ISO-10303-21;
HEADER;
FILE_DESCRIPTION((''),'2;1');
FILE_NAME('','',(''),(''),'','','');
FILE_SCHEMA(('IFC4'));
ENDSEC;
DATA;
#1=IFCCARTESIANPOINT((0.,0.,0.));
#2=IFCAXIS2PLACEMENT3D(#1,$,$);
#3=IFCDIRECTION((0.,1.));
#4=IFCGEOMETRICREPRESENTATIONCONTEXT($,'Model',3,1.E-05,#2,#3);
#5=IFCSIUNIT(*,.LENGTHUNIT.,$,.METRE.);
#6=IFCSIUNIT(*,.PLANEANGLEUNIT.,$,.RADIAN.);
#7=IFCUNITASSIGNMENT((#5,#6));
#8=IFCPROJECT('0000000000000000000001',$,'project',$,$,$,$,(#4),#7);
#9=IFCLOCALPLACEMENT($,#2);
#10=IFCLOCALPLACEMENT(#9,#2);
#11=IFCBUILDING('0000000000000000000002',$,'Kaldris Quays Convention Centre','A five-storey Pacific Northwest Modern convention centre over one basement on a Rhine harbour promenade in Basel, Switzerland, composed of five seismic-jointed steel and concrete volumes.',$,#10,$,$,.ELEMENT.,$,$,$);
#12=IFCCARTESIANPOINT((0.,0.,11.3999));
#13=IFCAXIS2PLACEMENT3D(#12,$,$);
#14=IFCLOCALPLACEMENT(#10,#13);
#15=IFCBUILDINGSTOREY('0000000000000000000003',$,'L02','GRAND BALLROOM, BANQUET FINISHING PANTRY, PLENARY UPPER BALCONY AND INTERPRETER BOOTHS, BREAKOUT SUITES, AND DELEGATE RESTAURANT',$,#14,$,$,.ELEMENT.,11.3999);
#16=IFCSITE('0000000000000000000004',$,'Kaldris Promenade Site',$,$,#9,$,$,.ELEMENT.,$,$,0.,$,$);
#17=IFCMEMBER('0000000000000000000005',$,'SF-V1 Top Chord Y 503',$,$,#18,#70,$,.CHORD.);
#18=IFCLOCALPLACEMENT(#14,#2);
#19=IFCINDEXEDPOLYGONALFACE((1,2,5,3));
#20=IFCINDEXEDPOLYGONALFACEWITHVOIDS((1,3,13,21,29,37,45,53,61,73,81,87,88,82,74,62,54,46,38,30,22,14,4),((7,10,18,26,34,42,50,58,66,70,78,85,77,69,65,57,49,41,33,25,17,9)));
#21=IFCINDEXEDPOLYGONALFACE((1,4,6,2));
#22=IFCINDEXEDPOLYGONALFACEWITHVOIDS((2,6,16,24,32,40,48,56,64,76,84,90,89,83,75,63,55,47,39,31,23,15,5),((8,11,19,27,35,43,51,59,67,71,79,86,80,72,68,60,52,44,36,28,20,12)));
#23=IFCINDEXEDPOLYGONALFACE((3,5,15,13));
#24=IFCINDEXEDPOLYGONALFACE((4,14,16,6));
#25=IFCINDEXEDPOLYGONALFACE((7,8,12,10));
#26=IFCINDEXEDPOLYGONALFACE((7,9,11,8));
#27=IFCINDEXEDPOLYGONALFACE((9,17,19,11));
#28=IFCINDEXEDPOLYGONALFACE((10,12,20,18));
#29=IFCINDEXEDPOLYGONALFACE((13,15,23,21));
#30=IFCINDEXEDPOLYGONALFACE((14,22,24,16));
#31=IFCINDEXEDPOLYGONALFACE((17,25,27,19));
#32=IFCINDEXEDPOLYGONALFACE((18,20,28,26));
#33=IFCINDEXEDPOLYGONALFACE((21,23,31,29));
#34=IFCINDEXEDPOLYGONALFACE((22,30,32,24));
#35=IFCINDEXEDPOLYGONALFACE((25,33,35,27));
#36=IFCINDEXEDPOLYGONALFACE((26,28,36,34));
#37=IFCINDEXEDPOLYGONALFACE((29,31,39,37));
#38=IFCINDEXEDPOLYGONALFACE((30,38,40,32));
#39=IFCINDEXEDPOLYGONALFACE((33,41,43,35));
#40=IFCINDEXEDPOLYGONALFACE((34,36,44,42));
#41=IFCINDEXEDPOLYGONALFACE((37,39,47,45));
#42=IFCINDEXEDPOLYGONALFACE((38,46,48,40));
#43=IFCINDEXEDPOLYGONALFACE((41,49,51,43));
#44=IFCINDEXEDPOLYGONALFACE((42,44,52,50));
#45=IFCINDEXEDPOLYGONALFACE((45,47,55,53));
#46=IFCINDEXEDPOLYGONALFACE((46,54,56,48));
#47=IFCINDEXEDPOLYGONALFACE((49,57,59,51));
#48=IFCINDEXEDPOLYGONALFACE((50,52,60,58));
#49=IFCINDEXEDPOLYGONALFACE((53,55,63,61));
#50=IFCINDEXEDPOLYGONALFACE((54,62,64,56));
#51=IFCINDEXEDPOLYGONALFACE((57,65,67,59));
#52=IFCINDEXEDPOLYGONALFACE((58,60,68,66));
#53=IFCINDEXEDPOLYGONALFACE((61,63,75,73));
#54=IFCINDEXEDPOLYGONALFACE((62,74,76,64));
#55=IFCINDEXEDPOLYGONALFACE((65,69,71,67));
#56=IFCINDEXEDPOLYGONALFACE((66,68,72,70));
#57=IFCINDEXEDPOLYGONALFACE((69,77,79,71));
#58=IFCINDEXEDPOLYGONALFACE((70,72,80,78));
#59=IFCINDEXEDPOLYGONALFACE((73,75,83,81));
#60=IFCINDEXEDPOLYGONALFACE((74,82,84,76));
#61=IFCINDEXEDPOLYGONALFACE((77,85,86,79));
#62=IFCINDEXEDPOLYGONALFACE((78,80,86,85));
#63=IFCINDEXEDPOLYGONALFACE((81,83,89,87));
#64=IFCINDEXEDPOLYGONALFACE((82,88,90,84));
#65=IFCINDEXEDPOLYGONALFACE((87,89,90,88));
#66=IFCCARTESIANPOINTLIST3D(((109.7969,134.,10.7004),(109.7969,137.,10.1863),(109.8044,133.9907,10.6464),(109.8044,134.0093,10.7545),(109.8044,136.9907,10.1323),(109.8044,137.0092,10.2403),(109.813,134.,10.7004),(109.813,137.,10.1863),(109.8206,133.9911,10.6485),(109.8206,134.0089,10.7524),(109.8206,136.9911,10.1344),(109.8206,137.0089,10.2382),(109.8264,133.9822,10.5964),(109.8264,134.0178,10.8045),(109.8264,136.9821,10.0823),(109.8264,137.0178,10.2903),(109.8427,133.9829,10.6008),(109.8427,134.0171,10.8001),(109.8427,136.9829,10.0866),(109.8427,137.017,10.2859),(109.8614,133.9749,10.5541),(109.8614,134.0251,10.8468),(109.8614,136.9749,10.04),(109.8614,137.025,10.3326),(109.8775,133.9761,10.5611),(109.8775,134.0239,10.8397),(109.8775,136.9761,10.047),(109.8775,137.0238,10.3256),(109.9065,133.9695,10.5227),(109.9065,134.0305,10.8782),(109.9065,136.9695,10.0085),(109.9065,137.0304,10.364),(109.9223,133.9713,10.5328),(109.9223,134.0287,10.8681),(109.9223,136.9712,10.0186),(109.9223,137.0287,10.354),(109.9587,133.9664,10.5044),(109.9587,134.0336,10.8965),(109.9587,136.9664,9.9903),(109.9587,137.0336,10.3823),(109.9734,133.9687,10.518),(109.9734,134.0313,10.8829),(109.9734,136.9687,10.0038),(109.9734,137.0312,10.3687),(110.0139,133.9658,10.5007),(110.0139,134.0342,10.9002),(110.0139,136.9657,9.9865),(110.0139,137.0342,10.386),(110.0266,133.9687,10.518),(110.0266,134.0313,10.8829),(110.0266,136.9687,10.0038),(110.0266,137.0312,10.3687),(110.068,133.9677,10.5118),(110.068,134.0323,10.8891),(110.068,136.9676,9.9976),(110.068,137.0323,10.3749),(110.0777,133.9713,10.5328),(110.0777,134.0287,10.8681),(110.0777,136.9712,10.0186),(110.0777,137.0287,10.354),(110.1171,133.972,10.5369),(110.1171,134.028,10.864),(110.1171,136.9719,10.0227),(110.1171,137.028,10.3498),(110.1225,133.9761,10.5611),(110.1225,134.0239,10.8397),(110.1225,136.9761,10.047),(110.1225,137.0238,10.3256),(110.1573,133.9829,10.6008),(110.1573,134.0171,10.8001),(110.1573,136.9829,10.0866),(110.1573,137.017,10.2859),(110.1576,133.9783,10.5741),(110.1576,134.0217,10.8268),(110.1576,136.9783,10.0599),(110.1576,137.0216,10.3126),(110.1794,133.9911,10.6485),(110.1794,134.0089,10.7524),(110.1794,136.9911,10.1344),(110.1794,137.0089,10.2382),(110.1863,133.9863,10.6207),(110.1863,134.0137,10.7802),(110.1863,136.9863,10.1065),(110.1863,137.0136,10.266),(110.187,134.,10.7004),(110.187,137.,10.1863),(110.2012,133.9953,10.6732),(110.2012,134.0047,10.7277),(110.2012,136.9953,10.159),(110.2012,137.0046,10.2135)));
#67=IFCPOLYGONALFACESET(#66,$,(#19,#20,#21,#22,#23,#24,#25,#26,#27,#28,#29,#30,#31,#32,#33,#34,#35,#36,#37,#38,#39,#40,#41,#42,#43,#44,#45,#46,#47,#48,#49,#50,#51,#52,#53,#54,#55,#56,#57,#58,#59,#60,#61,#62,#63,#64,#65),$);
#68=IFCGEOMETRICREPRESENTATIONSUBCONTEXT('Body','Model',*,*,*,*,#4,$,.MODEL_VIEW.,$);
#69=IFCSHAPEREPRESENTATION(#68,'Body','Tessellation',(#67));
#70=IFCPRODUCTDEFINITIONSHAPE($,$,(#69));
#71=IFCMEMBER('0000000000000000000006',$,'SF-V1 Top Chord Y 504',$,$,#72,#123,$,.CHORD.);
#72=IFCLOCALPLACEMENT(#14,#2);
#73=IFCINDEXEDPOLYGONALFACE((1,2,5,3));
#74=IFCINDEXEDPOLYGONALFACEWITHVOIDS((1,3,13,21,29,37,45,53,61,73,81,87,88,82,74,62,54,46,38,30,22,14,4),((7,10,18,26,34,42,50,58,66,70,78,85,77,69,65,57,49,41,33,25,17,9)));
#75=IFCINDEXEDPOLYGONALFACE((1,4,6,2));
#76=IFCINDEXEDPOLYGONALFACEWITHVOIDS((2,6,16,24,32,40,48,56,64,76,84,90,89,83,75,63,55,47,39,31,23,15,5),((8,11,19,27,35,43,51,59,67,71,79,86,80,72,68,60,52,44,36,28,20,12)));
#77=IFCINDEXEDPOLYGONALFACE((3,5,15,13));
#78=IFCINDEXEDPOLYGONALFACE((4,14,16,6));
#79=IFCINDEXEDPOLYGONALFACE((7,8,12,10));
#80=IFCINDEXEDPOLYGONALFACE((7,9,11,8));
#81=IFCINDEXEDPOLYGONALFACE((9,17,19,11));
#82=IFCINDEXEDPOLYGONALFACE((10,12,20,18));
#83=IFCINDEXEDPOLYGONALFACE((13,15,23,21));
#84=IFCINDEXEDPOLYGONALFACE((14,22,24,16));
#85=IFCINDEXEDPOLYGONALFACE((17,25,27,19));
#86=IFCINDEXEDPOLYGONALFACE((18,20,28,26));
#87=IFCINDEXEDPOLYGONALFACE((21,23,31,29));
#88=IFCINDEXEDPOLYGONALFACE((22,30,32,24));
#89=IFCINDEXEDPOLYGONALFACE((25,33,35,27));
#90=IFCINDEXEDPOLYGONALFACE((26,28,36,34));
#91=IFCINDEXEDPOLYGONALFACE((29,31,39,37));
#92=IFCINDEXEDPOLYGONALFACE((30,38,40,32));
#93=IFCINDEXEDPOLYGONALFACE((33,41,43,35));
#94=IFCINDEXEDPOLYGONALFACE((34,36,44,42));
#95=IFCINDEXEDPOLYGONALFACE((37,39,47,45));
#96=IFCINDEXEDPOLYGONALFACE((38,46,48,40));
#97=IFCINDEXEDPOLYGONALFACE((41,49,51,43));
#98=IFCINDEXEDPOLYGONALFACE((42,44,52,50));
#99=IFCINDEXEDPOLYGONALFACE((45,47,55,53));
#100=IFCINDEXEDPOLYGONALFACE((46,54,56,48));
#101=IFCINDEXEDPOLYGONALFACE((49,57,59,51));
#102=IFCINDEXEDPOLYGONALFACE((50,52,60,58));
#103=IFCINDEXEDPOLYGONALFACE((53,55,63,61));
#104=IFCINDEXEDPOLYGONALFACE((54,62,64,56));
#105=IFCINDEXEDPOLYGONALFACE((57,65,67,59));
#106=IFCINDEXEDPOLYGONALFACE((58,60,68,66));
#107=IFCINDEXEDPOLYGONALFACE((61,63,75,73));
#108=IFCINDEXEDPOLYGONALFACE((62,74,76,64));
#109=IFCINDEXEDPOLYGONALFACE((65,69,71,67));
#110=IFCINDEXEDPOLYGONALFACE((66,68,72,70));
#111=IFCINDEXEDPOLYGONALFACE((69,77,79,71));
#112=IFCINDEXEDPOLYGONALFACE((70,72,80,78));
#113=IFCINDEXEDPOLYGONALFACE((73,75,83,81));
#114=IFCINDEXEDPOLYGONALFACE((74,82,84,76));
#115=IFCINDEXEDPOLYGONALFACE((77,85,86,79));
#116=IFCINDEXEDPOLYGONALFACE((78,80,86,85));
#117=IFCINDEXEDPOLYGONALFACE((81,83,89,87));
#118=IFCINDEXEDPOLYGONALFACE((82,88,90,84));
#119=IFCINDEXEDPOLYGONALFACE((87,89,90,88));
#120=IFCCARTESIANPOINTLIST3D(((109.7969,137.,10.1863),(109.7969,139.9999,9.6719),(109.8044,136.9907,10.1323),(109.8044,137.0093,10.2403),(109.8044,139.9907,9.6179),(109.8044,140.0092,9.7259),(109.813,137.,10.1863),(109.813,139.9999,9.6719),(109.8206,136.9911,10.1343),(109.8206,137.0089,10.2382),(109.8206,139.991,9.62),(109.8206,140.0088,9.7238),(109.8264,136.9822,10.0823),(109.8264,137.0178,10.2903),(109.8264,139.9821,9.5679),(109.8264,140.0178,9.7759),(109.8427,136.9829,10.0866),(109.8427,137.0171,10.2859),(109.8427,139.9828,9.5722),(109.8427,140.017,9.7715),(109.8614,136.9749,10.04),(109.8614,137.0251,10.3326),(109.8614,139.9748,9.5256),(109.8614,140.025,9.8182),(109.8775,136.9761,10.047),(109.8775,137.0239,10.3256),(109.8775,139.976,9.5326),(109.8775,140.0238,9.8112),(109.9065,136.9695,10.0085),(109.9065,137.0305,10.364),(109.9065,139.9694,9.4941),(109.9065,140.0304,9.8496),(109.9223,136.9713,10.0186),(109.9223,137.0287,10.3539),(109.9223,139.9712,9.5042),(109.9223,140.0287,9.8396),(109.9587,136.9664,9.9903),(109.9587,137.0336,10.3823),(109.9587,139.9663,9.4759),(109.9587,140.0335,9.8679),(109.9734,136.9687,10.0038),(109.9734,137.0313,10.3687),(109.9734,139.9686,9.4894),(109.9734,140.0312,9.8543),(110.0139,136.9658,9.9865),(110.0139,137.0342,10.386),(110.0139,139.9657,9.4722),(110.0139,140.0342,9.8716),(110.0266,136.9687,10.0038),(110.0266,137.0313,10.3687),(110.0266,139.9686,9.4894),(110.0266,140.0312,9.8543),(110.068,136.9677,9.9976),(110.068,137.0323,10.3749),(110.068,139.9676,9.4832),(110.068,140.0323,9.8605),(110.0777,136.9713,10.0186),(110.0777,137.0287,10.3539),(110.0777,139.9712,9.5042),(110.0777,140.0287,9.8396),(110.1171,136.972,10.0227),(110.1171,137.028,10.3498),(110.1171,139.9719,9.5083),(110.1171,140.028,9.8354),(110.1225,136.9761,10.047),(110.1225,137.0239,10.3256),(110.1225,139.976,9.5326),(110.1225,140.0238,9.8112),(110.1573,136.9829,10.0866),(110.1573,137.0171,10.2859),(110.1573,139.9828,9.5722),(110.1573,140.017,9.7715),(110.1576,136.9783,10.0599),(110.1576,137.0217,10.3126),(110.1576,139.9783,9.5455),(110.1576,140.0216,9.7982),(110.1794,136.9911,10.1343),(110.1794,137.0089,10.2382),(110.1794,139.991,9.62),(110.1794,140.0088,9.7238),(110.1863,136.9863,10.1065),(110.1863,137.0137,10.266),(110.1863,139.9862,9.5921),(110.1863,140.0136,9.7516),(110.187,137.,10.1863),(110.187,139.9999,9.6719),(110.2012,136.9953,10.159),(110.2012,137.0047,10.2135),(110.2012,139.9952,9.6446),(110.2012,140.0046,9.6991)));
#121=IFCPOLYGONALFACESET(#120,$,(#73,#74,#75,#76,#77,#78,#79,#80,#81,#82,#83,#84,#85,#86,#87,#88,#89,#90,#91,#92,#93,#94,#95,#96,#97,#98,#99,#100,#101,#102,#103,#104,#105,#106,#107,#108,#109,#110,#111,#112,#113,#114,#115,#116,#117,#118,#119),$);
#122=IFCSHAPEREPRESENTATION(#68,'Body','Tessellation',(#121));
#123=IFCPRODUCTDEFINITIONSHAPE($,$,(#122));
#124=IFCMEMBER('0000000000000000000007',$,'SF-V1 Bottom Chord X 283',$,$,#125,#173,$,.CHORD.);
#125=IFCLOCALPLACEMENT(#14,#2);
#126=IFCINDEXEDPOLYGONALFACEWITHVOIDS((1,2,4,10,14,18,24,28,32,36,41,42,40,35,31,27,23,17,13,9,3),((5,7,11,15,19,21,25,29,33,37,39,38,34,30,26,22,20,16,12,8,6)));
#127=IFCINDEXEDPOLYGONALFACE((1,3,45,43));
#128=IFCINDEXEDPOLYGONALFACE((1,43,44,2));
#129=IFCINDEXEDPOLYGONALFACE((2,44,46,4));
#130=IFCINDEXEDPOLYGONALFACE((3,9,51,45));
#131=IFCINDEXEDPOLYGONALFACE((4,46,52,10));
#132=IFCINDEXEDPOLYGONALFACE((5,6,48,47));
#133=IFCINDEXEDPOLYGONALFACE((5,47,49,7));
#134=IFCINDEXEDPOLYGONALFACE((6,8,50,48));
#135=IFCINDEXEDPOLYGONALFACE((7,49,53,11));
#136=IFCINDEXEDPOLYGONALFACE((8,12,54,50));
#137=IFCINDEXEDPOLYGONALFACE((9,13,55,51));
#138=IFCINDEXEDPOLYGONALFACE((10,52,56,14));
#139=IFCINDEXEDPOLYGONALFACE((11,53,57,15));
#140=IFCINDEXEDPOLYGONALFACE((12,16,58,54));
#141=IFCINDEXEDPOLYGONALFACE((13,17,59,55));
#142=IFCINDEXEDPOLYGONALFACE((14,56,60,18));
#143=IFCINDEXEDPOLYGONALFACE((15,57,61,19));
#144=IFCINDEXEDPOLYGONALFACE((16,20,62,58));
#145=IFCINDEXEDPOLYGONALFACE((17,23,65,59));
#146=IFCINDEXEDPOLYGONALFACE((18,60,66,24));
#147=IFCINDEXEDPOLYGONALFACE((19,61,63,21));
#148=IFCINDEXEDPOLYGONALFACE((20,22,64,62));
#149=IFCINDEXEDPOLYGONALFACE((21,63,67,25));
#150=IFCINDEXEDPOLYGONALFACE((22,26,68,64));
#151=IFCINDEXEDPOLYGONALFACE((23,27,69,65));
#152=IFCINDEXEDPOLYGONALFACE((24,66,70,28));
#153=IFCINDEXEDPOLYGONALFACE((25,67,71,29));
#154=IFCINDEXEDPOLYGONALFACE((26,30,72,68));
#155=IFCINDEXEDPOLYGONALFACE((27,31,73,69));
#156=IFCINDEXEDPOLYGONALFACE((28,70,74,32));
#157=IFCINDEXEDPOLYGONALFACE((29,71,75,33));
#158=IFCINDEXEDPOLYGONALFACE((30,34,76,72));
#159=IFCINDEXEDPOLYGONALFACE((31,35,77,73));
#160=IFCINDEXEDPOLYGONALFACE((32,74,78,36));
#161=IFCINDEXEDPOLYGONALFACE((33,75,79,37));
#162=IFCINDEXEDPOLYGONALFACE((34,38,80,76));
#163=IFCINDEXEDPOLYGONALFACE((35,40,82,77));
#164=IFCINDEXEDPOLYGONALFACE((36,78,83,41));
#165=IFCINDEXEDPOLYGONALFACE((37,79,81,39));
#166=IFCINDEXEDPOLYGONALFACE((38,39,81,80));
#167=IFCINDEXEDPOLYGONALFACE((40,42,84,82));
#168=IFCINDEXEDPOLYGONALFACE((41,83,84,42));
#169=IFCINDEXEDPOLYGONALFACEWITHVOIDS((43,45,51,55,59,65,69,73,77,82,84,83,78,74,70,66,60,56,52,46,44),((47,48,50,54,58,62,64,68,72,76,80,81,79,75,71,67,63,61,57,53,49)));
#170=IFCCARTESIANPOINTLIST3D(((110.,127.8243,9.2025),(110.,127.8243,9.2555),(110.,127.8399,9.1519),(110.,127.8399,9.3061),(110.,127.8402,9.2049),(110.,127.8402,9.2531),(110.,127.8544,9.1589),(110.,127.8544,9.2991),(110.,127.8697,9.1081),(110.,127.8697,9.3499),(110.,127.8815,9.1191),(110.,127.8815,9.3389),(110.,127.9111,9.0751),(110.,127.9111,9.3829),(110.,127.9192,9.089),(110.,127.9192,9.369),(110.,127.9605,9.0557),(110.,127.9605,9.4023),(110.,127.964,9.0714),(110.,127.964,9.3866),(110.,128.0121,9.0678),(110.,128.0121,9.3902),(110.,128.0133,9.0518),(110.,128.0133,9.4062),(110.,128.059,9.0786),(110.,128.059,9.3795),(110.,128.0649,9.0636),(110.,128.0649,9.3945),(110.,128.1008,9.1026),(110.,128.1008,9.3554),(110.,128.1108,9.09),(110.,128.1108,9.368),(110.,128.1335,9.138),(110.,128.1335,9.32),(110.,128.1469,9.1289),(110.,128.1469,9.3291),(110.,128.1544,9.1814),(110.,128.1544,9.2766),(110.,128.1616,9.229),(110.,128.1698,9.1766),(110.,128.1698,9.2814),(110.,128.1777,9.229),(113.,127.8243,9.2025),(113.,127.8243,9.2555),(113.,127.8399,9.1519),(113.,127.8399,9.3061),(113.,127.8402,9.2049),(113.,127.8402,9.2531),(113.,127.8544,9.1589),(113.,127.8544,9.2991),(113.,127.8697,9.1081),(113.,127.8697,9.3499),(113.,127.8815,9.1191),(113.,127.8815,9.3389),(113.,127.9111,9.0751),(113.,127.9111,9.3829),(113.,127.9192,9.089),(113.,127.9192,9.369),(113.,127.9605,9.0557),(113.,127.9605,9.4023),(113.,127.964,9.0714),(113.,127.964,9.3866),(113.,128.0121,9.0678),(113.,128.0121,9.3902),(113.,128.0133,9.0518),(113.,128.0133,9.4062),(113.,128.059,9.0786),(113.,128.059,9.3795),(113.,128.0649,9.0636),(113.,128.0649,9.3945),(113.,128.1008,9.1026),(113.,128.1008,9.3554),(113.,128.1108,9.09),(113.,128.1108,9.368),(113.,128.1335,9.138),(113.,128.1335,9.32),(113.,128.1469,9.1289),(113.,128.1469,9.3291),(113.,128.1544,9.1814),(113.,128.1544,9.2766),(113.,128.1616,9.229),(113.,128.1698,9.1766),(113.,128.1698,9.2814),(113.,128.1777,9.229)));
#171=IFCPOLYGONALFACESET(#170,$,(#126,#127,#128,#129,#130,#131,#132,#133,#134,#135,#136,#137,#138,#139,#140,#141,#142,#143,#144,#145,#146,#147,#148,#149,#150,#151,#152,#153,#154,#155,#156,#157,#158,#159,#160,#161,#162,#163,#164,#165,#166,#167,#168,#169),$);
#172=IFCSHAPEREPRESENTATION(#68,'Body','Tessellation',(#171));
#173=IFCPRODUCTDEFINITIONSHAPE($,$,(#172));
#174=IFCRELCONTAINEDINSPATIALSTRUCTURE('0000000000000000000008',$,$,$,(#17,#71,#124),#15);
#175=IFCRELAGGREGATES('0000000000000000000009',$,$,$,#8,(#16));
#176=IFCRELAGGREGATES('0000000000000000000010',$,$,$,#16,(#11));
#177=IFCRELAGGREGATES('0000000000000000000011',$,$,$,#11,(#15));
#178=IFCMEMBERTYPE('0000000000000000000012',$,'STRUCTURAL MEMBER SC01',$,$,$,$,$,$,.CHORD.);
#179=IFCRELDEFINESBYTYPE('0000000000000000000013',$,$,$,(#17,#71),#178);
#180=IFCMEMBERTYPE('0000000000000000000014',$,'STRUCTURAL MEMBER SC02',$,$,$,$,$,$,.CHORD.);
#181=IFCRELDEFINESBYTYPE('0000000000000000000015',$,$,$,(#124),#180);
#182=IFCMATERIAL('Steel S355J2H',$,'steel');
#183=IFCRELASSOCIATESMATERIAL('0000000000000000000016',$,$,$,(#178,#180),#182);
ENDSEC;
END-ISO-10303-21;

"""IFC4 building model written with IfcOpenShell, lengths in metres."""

from ifc_helpers import new_model, si_unit, direction, frame, origin, origin_2d, place, context, subcontext, project, spatial, hollow_circle, extrude, material, material_profile, profile_set, type_object, element, save


model = new_model("IFC4")

# Units and contexts
model_context = context("Model", 3, precision=1e-05, world=origin(), true_north=direction((0.0, 1.0)))
body_context = subcontext(model_context, "Body", "Model", "MODEL_VIEW")
ifc_project = project(units=[si_unit("LENGTHUNIT", "METRE"), si_unit("PLANEANGLEUNIT", "RADIAN")], contexts=[model_context])

# Site, building, storey
site_placement = place(None, origin())
site = spatial("IfcSite", under=ifc_project, at=site_placement, Name="Kaldris Promenade Site", CompositionType="ELEMENT", RefElevation=0.0)
building_placement = place(site_placement, origin())
building = spatial("IfcBuilding", under=site, at=building_placement, Name="Kaldris Quays Convention Centre", Description="A five-storey Pacific Northwest Modern convention centre over one basement on a Rhine harbour promenade in Basel, Switzerland, composed of five seismic-jointed steel and concrete volumes.", CompositionType="ELEMENT")
storey_placement = place(building_placement, frame((0.0, 0.0, 11.3999)))
storey = spatial("IfcBuildingStorey", under=building, at=storey_placement, Name="L02", Description="GRAND BALLROOM, BANQUET FINISHING PANTRY, PLENARY UPPER BALCONY AND INTERPRETER BOOTHS, BREAKOUT SUITES, AND DELEGATE RESTAURANT", CompositionType="ELEMENT", Elevation=11.3999)

# Members
ifc_material_1 = material(Name="Steel S355J2H", Category="steel")
ifc_material_profile_1 = material_profile(ifc_material_1, hollow_circle(Radius=0.2031, WallThickness=0.0161, at=origin_2d()), Name="CHS 406.4x16")
ifc_profile_set_1 = profile_set([ifc_material_profile_1], Name="Steel S355J2H")
member_type_1 = type_object("IfcMemberType", Name="STRUCTURAL MEMBER SC01", PredefinedType="CHORD", material=ifc_profile_set_1)
for number, where, z_axis, x_axis, name in (
    (1, (110.0, 134.0, 10.7004), (0.0, 0.985629, -0.168924), (-1.0, 0.0, 0.0), "SF-V1 Top Chord Y 503"),
    (2, (110.0, 137.0, 10.1863), (0.0, 0.985616, -0.169002), (-1.0, 0.0, 0.0), "SF-V1 Top Chord Y 504"),
):
    element("IfcMember", number, at=place(storey_placement, frame(where, z_axis=z_axis, x_axis=x_axis)), inside=storey, type_object=member_type_1, Name=name, PredefinedType="CHORD", context=body_context, shape_type="SweptSolid", body=[
        extrude(hollow_circle(Radius=0.2031, WallThickness=0.0161, at=origin_2d()), origin(), (0.0, 0.0, 1.0), 3.0437),
    ])
ifc_material_profile_2 = material_profile(ifc_material_1, hollow_circle(Radius=0.1777, WallThickness=0.0161, at=origin_2d()), Name="CHS 355.6x16")
ifc_profile_set_2 = profile_set([ifc_material_profile_2], Name="Steel S355J2H")
member_type_2 = type_object("IfcMemberType", Name="STRUCTURAL MEMBER SC02", PredefinedType="CHORD", material=ifc_profile_set_2)
for number, where, z_axis, x_axis, name in (
    (3, (110.0, 128.0, 9.229), (1.0, 0.0, 0.0), (0.0, 1.0, 0.0), "SF-V1 Bottom Chord X 283"),
):
    element("IfcMember", number, at=place(storey_placement, frame(where, z_axis=z_axis, x_axis=x_axis)), inside=storey, type_object=member_type_2, Name=name, PredefinedType="CHORD", context=body_context, shape_type="SweptSolid", body=[
        extrude(hollow_circle(Radius=0.1777, WallThickness=0.0161, at=origin_2d()), origin(), (0.0, 0.0, 1.0), 3.0),
    ])

save(model, "model.ifc")
